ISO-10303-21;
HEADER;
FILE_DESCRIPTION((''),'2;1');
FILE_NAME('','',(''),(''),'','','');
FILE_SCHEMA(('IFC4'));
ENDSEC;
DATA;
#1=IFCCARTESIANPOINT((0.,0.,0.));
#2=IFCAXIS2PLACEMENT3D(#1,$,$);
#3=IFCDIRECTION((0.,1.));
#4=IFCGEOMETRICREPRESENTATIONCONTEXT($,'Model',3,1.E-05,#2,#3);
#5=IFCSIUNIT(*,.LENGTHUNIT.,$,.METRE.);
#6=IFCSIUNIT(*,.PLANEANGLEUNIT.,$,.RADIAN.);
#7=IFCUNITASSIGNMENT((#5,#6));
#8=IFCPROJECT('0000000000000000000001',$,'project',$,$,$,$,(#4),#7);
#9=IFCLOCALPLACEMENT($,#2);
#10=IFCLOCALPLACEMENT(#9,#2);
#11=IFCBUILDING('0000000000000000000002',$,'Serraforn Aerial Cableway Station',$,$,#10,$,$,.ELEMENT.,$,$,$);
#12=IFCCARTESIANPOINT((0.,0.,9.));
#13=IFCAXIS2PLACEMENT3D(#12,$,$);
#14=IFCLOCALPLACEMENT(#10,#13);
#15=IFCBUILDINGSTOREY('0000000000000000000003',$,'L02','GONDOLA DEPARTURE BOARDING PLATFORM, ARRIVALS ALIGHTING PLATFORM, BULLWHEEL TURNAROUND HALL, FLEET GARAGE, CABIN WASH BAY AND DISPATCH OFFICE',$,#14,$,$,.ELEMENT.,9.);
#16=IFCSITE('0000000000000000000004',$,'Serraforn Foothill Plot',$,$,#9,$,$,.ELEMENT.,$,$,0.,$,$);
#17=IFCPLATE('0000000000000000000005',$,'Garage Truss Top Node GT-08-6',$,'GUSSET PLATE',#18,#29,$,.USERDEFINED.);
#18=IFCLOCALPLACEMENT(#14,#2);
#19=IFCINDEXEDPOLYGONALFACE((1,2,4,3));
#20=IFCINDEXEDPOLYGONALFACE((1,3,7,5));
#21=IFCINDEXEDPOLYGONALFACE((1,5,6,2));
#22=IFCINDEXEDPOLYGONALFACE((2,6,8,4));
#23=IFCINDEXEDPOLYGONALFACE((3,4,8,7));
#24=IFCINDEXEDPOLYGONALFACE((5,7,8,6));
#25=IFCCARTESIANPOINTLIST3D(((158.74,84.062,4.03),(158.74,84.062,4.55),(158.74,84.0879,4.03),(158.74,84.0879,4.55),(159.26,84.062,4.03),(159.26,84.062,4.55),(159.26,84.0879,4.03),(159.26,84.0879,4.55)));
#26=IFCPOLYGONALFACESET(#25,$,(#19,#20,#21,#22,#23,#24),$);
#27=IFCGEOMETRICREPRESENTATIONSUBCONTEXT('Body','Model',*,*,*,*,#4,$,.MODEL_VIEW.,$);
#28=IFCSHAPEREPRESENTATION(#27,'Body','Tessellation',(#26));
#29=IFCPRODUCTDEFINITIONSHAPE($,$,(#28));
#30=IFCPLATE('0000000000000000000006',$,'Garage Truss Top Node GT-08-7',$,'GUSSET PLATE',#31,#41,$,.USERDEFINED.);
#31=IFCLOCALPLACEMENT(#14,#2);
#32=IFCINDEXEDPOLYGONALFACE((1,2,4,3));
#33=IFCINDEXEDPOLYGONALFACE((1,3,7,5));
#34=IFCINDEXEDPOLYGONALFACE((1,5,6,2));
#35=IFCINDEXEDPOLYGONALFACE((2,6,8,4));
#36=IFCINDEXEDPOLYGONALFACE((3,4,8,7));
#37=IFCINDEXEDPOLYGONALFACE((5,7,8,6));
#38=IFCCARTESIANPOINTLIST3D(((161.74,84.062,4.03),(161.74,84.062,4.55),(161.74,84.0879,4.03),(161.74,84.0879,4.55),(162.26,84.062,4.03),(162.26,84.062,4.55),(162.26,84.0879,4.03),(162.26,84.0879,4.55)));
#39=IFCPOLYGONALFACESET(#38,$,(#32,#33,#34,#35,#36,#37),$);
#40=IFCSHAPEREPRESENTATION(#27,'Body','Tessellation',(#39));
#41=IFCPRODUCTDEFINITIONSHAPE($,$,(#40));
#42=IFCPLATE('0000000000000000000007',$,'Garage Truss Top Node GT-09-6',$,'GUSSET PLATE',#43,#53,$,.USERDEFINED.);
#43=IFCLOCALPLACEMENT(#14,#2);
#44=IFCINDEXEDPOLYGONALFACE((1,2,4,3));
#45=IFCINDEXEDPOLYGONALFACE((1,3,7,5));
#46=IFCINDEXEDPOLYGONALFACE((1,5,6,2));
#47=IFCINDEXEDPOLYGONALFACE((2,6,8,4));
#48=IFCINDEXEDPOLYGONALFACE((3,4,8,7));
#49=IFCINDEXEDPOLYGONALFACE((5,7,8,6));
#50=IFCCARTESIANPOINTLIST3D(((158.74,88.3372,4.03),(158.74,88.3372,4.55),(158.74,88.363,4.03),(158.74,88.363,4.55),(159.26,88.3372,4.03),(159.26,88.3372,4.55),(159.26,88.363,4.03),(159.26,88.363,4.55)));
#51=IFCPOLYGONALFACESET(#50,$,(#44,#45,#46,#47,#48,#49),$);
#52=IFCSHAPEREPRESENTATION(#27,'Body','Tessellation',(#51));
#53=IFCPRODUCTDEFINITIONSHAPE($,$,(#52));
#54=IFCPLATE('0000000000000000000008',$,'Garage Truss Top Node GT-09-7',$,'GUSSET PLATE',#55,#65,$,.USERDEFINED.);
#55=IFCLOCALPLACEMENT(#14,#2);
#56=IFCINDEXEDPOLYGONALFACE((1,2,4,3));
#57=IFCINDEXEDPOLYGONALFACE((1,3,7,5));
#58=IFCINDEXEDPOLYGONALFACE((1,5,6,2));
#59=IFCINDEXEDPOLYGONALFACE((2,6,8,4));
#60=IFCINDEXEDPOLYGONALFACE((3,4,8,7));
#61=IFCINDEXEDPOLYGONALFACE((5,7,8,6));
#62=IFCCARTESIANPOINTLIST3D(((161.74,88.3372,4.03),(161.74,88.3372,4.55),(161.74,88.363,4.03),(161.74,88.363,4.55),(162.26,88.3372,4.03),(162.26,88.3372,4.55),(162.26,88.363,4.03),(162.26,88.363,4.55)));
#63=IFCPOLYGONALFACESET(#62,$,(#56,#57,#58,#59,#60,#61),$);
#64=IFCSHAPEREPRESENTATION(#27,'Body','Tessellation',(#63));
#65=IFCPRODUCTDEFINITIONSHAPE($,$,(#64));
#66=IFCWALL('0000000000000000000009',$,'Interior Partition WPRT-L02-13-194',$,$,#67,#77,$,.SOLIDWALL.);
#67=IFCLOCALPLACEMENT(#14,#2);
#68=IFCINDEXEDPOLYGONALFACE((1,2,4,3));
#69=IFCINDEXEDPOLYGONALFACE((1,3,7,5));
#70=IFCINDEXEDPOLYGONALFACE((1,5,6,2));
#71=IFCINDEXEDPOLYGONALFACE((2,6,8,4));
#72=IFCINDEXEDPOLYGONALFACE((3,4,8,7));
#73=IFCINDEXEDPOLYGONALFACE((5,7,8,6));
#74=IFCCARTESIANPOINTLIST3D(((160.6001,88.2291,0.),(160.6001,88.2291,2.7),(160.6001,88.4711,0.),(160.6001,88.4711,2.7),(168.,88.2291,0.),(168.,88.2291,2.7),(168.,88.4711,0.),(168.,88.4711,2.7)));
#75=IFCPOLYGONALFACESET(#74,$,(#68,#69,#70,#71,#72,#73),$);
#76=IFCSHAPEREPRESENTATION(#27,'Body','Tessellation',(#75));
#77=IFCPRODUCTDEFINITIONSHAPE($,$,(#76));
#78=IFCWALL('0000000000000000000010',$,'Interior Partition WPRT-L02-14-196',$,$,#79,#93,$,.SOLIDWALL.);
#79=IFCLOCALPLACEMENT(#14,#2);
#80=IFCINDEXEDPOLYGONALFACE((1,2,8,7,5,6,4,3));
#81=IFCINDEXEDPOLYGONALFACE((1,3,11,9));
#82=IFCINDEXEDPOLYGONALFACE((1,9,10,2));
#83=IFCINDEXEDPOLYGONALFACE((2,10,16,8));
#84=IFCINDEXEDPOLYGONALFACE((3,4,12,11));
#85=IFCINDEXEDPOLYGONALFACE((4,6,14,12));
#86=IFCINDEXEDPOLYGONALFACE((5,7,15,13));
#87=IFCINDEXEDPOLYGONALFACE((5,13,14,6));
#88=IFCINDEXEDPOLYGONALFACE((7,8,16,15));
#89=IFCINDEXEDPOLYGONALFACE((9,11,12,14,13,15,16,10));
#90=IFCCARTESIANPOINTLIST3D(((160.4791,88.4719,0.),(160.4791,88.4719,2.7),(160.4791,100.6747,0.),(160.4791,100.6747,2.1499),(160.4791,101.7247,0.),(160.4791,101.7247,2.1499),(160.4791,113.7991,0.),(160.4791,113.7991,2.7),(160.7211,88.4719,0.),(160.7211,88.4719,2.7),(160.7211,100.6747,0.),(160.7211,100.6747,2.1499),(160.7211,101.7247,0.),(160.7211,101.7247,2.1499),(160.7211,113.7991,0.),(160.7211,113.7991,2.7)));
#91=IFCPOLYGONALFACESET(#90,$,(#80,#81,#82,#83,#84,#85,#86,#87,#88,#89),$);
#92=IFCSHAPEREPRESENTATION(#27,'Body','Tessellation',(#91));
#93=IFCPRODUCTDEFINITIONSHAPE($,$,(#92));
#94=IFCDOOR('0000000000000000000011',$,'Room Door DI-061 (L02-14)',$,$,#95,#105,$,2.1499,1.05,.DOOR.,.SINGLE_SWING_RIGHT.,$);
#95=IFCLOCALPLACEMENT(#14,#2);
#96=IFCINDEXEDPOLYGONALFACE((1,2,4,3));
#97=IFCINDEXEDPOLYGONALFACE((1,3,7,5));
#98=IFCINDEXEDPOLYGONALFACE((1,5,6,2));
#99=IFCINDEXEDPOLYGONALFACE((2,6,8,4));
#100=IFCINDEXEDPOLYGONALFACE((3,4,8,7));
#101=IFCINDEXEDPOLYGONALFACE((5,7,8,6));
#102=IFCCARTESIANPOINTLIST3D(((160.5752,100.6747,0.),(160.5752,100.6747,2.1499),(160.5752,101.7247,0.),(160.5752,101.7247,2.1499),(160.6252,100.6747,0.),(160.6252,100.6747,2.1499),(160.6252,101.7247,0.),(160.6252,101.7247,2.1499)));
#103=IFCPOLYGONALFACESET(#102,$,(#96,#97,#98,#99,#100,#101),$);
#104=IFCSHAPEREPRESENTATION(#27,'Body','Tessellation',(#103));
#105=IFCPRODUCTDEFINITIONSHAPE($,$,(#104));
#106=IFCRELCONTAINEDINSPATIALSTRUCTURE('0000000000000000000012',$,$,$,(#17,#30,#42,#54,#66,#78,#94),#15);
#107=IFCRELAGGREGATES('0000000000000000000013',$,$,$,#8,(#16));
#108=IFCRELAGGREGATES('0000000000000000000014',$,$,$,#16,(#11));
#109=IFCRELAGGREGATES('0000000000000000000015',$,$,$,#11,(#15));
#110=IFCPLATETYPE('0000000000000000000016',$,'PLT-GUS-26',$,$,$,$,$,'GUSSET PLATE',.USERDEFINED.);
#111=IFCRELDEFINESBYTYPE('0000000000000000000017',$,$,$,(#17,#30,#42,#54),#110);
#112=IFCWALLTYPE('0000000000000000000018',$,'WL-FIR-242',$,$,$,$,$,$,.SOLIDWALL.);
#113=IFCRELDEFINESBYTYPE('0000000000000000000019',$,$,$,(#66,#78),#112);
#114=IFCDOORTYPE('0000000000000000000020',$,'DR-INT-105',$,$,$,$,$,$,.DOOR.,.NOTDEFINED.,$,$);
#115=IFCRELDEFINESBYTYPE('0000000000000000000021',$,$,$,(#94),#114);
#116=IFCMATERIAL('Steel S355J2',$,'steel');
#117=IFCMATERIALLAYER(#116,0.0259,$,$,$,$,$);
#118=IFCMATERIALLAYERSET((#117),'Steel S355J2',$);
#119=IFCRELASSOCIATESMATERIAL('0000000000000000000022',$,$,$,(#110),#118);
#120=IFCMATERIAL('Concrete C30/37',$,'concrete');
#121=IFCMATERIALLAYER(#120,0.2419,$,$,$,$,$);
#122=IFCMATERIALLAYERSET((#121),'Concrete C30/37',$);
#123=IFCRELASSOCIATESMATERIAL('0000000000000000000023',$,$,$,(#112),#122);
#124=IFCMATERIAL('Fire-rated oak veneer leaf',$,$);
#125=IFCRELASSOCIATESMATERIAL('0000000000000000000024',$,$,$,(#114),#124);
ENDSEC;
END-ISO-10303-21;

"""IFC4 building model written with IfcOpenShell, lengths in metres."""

from ifc_helpers import new_model, si_unit, direction, frame, frame_2d, origin, origin_2d, place, context, subcontext, project, spatial, rectangle, extrude, material, layer, layer_set, type_object, element, fill, save


model = new_model("IFC4")

# Units and contexts
model_context = context("Model", 3, precision=1e-05, world=origin(), true_north=direction((0.0, 1.0)))
body_context = subcontext(model_context, "Body", "Model", "MODEL_VIEW")
ifc_project = project(units=[si_unit("LENGTHUNIT", "METRE"), si_unit("PLANEANGLEUNIT", "RADIAN")], contexts=[model_context])

# Site, building, storey
site_placement = place(None, origin())
site = spatial("IfcSite", under=ifc_project, at=site_placement, Name="Serraforn Foothill Plot", CompositionType="ELEMENT", RefElevation=0.0)
building_placement = place(site_placement, origin())
building = spatial("IfcBuilding", under=site, at=building_placement, Name="Serraforn Aerial Cableway Station", CompositionType="ELEMENT")
storey_placement = place(building_placement, frame((0.0, 0.0, 9.0)))
storey = spatial("IfcBuildingStorey", under=building, at=storey_placement, Name="L02", Description="GONDOLA DEPARTURE BOARDING PLATFORM, ARRIVALS ALIGHTING PLATFORM, BULLWHEEL TURNAROUND HALL, FLEET GARAGE, CABIN WASH BAY AND DISPATCH OFFICE", CompositionType="ELEMENT", Elevation=9.0)

# Shared definitions
ifc_material_1 = material(Name="Steel S355J2", Category="steel")

# Plates
ifc_layer_1 = layer(ifc_material_1, 0.0259)
ifc_layer_set_1 = layer_set([ifc_layer_1], Name="Steel S355J2")
plate_type_1 = type_object("IfcPlateType", Name="PLT-GUS-26", ElementType="GUSSET PLATE", PredefinedType="USERDEFINED", material=ifc_layer_set_1)
for number, where, z_axis, x_axis, name in (
    (1, (159.0, 84.075, 4.03), (0.0, 0.0, 1.0), (1.0, 0.0, 0.0), "Garage Truss Top Node GT-08-6"),
    (2, (162.0, 84.075, 4.03), (0.0, 0.0, 1.0), (1.0, 0.0, 0.0), "Garage Truss Top Node GT-08-7"),
    (3, (159.0, 88.3501, 4.03), (0.0, 0.0, 1.0), (1.0, 0.0, 0.0), "Garage Truss Top Node GT-09-6"),
    (4, (162.0, 88.3501, 4.03), (0.0, 0.0, 1.0), (1.0, 0.0, 0.0), "Garage Truss Top Node GT-09-7"),
):
    element("IfcPlate", number, at=place(storey_placement, frame(where, z_axis=z_axis, x_axis=x_axis)), inside=storey, type_object=plate_type_1, Name=name, ObjectType="GUSSET PLATE", PredefinedType="USERDEFINED", context=body_context, shape_type="SweptSolid", body=[
        extrude(rectangle(XDim=0.52, YDim=0.0259, at=origin_2d()), origin(), (0.0, 0.0, 1.0), 0.52),
    ])

# Wall
ifc_material_2 = material(Name="Concrete C30/37", Category="concrete")
ifc_layer_2 = layer(ifc_material_2, 0.2419)
ifc_layer_set_2 = layer_set([ifc_layer_2], Name="Concrete C30/37")
wall_type = type_object("IfcWallType", Name="WL-FIR-242", PredefinedType="SOLIDWALL", material=ifc_layer_set_2)
wall_1_placement = place(storey_placement, frame((160.6001, 88.3501, 0.0), z_axis=(0.0, 0.0, 1.0), x_axis=(1.0, 0.0, 0.0)))
element("IfcWall", 5, at=wall_1_placement, inside=storey, type_object=wall_type, Name="Interior Partition WPRT-L02-13-194", PredefinedType="SOLIDWALL", context=body_context, shape_type="SweptSolid", body=[
    extrude(rectangle(XDim=7.3999, YDim=0.2419, at=frame_2d((3.7, 0.0))), origin(), (0.0, 0.0, 1.0), 2.7),
])

# Wall, opening, door
wall_2_placement = place(storey_placement, frame((160.6001, 88.4719, 0.0), z_axis=(0.0, 0.0, 1.0), x_axis=(0.0, 1.0, 0.0)))
wall_2 = element("IfcWall", 6, at=wall_2_placement, inside=storey, type_object=wall_type, Name="Interior Partition WPRT-L02-14-196", PredefinedType="SOLIDWALL", context=body_context, shape_type="SweptSolid", body=[
    extrude(rectangle(XDim=25.3271, YDim=0.2419, at=frame_2d((12.6636, 0.0))), origin(), (0.0, 0.0, 1.0), 2.7),
])
opening_placement = place(wall_2_placement, frame((12.2029, 0.0, 0.0)))
opening = element("IfcOpeningElement", 7, at=opening_placement, cuts=wall_2, PredefinedType="OPENING", context=body_context, shape_type="SweptSolid", body=[
    extrude(rectangle(XDim=1.05, YDim=2.1499, at=frame_2d((0.5249, 1.075))), frame((0.0, 0.1309, 0.0), z_axis=(0.0, -1.0, 0.0), x_axis=(1.0, 0.0, 0.0)), (0.0, 0.0, 1.0), 0.262),
])
ifc_material_3 = material(Name="Fire-rated oak veneer leaf")
door_type = type_object("IfcDoorType", Name="DR-INT-105", OperationType="NOTDEFINED", PredefinedType="DOOR", material=ifc_material_3)
door_placement = place(opening_placement, origin())
door = element("IfcDoor", 8, at=door_placement, inside=storey, type_object=door_type, Name="Room Door DI-061 (L02-14)", OperationType="SINGLE_SWING_RIGHT", OverallHeight=2.1499, OverallWidth=1.05, PredefinedType="DOOR", context=body_context, shape_type="SweptSolid", body=[
    extrude(rectangle(XDim=1.05, YDim=2.1499, at=frame_2d((0.5249, 1.075))), frame((0.0, 0.0249, 0.0), z_axis=(0.0, -1.0, 0.0), x_axis=(1.0, 0.0, 0.0)), (0.0, 0.0, 1.0), 0.05),
])
fill(opening, door)

save(model, "model.ifc")
